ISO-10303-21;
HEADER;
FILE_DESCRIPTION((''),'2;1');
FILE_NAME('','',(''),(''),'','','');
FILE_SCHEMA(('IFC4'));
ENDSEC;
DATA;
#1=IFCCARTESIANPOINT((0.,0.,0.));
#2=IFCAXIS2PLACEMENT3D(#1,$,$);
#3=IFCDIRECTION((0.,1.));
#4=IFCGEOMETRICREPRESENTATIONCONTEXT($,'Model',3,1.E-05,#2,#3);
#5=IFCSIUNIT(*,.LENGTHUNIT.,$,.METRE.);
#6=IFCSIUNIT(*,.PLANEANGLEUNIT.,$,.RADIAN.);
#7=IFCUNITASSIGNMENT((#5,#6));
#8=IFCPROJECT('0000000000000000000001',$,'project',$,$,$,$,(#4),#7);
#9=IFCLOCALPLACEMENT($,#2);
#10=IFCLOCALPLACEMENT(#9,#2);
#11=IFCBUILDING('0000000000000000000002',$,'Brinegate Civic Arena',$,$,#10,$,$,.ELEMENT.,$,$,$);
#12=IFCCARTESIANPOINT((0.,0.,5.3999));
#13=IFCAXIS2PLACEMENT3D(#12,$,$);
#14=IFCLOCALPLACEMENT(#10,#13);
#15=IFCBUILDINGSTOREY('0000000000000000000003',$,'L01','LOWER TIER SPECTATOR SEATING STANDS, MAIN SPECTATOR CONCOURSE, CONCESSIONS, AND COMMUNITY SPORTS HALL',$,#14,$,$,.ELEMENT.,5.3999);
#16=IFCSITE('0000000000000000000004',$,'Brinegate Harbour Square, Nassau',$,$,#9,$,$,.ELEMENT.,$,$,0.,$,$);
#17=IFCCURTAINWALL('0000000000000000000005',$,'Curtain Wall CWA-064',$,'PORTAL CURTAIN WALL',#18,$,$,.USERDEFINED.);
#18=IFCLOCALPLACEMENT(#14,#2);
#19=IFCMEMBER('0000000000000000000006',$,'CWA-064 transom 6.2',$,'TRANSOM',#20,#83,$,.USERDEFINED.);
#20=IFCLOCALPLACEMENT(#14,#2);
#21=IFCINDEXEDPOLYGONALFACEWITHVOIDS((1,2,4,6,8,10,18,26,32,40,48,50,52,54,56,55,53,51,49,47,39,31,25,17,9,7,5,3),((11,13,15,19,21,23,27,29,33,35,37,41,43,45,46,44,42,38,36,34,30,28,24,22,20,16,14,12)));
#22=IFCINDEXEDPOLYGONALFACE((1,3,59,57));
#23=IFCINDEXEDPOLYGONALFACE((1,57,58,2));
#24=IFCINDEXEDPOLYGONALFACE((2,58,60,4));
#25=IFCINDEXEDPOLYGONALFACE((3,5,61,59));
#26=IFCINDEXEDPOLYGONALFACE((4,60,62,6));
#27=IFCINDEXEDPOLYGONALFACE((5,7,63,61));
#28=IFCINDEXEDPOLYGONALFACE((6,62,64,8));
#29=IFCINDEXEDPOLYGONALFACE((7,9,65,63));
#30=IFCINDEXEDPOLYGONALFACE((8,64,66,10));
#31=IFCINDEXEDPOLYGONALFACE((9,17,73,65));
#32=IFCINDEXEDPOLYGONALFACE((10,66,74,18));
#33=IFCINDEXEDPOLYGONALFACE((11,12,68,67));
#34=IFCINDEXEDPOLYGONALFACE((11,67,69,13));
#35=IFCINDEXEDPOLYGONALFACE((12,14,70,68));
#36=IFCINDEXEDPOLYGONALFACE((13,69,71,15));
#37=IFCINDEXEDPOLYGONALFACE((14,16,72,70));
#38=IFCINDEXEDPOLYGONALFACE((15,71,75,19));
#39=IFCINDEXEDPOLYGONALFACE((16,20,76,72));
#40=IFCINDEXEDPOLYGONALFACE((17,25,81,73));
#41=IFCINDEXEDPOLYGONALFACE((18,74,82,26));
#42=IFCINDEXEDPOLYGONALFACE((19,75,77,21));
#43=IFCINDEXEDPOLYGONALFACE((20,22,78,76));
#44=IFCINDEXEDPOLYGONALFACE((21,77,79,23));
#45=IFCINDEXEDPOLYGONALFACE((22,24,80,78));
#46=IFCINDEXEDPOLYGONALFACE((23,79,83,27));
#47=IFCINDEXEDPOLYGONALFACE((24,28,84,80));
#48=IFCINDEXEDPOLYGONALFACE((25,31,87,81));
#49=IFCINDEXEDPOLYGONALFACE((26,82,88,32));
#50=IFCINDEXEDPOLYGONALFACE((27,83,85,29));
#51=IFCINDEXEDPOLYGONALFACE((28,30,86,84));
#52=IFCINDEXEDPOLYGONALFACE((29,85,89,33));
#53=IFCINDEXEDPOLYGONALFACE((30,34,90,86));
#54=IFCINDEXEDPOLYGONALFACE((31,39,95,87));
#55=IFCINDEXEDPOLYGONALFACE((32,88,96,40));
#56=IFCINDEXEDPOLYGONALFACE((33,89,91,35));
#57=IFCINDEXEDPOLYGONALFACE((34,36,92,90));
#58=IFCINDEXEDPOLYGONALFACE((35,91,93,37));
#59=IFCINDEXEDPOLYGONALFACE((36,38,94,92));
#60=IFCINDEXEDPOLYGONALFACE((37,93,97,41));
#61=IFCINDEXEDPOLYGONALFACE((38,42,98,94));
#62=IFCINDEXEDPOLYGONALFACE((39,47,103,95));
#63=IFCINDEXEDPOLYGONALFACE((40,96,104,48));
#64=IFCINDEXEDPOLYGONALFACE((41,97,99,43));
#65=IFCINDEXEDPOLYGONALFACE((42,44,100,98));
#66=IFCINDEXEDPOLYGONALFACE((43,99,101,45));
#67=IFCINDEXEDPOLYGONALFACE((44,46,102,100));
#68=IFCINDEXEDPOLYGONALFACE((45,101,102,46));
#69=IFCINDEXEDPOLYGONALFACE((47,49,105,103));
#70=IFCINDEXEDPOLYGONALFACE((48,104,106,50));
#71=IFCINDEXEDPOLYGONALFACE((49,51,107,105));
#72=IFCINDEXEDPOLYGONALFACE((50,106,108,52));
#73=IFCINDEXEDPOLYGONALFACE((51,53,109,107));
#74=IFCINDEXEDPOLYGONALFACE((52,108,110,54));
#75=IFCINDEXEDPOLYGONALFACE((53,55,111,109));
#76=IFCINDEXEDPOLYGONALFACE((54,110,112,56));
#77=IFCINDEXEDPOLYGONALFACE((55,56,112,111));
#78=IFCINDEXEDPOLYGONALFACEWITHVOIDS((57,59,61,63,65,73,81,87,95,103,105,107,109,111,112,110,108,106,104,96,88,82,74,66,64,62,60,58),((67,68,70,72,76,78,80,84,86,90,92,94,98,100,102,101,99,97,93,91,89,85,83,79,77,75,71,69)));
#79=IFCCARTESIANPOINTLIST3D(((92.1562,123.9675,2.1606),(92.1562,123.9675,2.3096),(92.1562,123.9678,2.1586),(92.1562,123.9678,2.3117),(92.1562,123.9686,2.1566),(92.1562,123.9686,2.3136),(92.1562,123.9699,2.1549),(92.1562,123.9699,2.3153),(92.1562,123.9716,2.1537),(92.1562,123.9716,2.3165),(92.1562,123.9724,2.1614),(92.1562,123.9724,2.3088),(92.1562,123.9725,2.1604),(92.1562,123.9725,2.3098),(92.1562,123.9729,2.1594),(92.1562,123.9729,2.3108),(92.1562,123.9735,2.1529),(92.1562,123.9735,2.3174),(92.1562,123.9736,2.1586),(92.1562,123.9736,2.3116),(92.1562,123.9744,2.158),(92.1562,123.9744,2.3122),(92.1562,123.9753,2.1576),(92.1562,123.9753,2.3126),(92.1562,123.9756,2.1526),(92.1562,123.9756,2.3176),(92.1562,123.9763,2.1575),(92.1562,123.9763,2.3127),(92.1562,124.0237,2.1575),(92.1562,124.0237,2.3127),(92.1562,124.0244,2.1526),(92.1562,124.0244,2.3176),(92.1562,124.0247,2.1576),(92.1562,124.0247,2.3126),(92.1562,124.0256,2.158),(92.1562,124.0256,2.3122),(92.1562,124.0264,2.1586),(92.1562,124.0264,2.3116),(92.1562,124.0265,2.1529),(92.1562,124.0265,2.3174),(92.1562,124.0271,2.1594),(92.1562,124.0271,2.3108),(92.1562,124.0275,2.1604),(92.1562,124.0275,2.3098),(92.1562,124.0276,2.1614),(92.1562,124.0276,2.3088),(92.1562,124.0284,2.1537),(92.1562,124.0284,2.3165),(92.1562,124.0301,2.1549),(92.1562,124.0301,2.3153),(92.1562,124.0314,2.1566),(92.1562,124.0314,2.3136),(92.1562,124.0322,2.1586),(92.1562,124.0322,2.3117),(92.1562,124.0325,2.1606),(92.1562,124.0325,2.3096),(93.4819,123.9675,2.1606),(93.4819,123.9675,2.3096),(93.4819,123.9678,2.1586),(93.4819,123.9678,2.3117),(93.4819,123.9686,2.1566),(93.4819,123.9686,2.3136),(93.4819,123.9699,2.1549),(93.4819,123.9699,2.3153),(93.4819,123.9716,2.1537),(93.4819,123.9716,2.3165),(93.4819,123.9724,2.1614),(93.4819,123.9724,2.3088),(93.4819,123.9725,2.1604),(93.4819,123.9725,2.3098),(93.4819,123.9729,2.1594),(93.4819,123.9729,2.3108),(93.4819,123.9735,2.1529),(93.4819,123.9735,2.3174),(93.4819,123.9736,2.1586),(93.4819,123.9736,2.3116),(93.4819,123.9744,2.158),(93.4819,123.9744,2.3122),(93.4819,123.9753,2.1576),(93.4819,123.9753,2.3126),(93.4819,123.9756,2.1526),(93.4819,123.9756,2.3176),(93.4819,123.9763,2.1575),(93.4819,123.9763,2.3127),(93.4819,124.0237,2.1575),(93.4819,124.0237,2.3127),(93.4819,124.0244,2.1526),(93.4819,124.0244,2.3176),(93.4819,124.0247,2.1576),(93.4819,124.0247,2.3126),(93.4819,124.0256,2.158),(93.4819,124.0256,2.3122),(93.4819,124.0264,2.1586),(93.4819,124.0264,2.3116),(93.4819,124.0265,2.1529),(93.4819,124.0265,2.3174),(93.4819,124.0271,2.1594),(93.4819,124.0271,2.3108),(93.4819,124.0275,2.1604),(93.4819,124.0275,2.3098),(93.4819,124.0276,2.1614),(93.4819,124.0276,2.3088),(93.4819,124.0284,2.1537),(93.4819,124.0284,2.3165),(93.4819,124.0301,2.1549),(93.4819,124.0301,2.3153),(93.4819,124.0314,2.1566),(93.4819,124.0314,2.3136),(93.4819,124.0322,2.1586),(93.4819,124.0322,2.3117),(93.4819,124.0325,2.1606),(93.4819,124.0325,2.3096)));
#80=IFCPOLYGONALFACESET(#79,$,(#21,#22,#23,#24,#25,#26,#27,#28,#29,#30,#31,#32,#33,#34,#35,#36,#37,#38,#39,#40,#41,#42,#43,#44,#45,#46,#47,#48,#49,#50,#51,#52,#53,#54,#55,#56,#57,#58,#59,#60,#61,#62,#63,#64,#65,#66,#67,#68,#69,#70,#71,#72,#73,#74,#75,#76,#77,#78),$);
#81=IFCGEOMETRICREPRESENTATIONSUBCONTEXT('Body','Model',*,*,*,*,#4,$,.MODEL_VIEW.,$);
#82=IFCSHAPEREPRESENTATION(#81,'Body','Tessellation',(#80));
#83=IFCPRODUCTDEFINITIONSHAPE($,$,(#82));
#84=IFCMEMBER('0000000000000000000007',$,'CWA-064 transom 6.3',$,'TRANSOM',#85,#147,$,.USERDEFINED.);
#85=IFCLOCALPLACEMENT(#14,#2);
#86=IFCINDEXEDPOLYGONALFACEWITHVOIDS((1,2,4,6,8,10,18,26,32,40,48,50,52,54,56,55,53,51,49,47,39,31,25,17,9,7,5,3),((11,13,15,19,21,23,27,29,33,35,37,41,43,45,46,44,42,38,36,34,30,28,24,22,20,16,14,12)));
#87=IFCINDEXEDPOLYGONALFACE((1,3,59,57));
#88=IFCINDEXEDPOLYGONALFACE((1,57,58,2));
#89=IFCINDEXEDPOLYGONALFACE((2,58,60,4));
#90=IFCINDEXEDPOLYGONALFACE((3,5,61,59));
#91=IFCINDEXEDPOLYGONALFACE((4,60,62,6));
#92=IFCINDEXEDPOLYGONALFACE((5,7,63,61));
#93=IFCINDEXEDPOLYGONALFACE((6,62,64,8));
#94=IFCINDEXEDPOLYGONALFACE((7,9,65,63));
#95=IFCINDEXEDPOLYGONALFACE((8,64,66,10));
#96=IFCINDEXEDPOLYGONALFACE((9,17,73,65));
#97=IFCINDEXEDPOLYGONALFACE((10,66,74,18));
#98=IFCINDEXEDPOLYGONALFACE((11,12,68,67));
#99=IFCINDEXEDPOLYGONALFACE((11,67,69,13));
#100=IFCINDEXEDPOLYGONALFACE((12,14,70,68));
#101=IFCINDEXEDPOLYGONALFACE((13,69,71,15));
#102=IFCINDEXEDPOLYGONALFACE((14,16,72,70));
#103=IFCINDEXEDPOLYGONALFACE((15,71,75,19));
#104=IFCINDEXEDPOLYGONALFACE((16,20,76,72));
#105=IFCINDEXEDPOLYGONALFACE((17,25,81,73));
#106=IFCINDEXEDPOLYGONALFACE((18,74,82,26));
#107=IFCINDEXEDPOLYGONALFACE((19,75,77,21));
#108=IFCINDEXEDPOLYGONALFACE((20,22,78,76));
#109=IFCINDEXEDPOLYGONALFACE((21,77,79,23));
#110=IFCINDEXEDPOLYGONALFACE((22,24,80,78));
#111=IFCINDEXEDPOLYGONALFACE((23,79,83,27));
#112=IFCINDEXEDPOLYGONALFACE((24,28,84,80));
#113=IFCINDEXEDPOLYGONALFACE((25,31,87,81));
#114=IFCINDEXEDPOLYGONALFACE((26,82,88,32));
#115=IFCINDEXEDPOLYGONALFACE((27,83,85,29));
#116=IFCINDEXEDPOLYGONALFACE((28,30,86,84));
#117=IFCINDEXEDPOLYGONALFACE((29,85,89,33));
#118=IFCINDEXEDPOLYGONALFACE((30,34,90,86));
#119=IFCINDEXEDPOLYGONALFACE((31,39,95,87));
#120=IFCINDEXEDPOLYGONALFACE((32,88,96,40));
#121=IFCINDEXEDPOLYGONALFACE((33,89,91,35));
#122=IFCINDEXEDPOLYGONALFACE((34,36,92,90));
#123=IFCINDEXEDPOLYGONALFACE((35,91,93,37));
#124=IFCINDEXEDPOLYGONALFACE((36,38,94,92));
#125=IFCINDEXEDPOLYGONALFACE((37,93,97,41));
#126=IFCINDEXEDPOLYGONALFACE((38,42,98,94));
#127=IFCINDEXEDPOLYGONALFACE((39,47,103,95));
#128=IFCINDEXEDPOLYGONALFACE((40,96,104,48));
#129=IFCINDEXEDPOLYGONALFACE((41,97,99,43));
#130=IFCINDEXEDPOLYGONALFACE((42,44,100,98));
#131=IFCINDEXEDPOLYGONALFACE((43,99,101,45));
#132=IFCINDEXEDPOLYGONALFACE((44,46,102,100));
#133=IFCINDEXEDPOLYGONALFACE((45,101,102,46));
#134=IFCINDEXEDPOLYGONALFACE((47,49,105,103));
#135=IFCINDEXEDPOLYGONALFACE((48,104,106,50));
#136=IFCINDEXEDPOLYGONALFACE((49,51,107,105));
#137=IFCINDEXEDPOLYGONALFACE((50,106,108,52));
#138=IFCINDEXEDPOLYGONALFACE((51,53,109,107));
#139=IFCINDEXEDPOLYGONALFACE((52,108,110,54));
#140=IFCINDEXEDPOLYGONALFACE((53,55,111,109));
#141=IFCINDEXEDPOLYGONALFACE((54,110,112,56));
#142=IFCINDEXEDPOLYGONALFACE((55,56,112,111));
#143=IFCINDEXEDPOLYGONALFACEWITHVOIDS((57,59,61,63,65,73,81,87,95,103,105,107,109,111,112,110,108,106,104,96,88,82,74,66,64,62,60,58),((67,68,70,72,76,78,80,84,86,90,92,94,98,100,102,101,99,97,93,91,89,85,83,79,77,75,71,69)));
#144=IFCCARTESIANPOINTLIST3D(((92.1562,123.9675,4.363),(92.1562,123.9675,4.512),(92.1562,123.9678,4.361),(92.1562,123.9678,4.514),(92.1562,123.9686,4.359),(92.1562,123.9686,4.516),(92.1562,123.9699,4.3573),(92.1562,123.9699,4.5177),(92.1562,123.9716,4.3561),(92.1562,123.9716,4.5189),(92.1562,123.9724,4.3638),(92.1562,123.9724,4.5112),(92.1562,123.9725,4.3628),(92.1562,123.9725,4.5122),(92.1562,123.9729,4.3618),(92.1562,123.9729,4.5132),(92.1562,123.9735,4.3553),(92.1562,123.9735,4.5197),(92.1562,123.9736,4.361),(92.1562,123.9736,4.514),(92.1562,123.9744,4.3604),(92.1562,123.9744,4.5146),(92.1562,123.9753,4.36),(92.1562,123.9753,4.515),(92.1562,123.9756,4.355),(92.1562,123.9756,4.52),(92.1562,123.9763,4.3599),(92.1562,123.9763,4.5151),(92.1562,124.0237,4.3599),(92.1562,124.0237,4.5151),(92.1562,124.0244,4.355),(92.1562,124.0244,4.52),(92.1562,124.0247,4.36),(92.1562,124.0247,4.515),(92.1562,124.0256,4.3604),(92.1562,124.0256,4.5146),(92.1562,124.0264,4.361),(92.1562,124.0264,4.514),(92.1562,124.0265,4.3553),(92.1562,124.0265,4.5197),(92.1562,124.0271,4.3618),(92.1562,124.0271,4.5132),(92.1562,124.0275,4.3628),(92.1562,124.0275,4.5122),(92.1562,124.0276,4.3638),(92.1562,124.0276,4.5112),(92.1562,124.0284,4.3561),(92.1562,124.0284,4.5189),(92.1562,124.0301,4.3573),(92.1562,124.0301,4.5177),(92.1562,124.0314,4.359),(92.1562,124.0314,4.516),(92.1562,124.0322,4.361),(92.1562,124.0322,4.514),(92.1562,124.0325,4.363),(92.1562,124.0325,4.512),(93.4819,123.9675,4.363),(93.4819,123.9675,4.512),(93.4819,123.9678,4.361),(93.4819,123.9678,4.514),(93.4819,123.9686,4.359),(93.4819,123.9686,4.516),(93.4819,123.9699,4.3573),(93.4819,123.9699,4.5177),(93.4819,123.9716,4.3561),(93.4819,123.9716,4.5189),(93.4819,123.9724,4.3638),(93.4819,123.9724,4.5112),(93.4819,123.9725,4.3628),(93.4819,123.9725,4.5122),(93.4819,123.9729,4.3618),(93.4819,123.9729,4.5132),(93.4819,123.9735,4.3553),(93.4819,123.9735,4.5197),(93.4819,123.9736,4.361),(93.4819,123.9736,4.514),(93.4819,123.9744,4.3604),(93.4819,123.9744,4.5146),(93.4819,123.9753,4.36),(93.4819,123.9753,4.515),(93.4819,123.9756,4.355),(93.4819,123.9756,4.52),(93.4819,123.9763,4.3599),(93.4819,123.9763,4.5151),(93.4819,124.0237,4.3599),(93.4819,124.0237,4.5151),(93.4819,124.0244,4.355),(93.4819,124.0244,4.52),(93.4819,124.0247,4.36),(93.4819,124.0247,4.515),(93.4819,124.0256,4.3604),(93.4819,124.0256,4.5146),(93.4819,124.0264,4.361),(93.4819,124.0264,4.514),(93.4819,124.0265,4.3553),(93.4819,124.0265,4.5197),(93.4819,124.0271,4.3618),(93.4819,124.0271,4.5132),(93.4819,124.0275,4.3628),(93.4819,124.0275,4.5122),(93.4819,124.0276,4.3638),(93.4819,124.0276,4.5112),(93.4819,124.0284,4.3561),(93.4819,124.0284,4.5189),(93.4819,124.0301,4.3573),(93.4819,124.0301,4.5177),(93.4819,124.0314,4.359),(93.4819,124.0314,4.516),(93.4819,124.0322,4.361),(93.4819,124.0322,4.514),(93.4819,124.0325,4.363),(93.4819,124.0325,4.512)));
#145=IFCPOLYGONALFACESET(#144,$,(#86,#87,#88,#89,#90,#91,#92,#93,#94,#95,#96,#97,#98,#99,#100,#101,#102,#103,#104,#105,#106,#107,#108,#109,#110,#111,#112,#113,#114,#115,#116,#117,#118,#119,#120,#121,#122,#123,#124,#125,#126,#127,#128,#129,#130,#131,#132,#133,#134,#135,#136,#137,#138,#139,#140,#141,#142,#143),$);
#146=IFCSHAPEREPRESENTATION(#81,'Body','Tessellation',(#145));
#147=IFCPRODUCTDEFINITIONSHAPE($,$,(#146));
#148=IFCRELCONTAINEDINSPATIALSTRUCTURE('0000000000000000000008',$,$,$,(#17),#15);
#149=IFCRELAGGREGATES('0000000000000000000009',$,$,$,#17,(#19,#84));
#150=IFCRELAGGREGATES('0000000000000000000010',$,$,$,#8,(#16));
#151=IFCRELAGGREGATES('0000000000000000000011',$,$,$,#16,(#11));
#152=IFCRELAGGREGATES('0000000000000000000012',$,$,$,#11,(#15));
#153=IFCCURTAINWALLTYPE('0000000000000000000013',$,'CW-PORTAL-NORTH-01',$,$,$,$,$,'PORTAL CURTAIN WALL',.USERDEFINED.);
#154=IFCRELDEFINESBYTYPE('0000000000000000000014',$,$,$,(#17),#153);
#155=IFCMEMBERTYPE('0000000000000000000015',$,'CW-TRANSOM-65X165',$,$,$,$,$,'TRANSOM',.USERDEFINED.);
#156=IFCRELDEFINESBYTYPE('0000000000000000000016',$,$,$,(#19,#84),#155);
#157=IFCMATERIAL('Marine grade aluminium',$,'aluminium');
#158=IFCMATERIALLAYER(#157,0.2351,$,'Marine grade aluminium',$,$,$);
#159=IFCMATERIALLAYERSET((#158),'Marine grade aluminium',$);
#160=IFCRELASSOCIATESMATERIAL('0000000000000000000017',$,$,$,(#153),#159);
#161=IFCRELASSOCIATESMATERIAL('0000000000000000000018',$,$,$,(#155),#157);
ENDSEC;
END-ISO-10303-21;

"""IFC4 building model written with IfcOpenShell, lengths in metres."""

from ifc_helpers import new_model, si_unit, direction, frame, origin, origin_2d, place, context, subcontext, project, spatial, hollow_rectangle, extrude, material, layer, layer_set, material_profile, profile_set, type_object, element, aggregate, save


model = new_model("IFC4")

# Units and contexts
model_context = context("Model", 3, precision=1e-05, world=origin(), true_north=direction((0.0, 1.0)))
body_context = subcontext(model_context, "Body", "Model", "MODEL_VIEW")
ifc_project = project(units=[si_unit("LENGTHUNIT", "METRE"), si_unit("PLANEANGLEUNIT", "RADIAN")], contexts=[model_context])

# Site, building, storey
site_placement = place(None, origin())
site = spatial("IfcSite", under=ifc_project, at=site_placement, Name="Brinegate Harbour Square, Nassau", CompositionType="ELEMENT", RefElevation=0.0)
building_placement = place(site_placement, origin())
building = spatial("IfcBuilding", under=site, at=building_placement, Name="Brinegate Civic Arena", CompositionType="ELEMENT")
storey_placement = place(building_placement, frame((0.0, 0.0, 5.3999)))
storey = spatial("IfcBuildingStorey", under=building, at=storey_placement, Name="L01", Description="LOWER TIER SPECTATOR SEATING STANDS, MAIN SPECTATOR CONCOURSE, CONCESSIONS, AND COMMUNITY SPORTS HALL", CompositionType="ELEMENT", Elevation=5.3999)

# Curtain wall, members
ifc_material_1 = material(Name="Marine grade aluminium", Category="aluminium")
ifc_layer_1 = layer(ifc_material_1, 0.2351, Name="Marine grade aluminium")
ifc_layer_set_1 = layer_set([ifc_layer_1], Name="Marine grade aluminium")
curtain_wall_type = type_object("IfcCurtainWallType", Name="CW-PORTAL-NORTH-01", ElementType="PORTAL CURTAIN WALL", PredefinedType="USERDEFINED", material=ifc_layer_set_1)
curtain_wall_placement = place(storey_placement, origin())
curtain_wall = element("IfcCurtainWall", 1, at=curtain_wall_placement, inside=storey, type_object=curtain_wall_type, Name="Curtain Wall CWA-064", ObjectType="PORTAL CURTAIN WALL", PredefinedType="USERDEFINED")
ifc_material_profile_1 = material_profile(ifc_material_1, hollow_rectangle(XDim=0.0649, YDim=0.165, WallThickness=0.0049, InnerFilletRadius=0.0039, OuterFilletRadius=0.0081, at=origin_2d()), Name="TRN65X165")
ifc_profile_set_1 = profile_set([ifc_material_profile_1], Name="Marine grade aluminium")
member_type_1 = type_object("IfcMemberType", Name="CW-TRANSOM-65X165", ElementType="TRANSOM", PredefinedType="USERDEFINED", material=ifc_profile_set_1)
member_1_placement = place(storey_placement, frame((92.1562, 124.0, 2.2351), z_axis=(1.0, 0.0, 0.0), x_axis=(0.0, 1.0, 0.0)))
member_1 = element("IfcMember", 2, at=member_1_placement, type_object=member_type_1, Name="CWA-064 transom 6.2", ObjectType="TRANSOM", PredefinedType="USERDEFINED", context=body_context, shape_type="SweptSolid", body=[
    extrude(hollow_rectangle(XDim=0.0649, YDim=0.165, WallThickness=0.0049, InnerFilletRadius=0.0039, OuterFilletRadius=0.0081, at=origin_2d()), origin(), (0.0, 0.0, 1.0), 1.3257),
])
member_2_placement = place(storey_placement, frame((92.1562, 124.0, 4.4375), z_axis=(1.0, 0.0, 0.0), x_axis=(0.0, 1.0, 0.0)))
member_2 = element("IfcMember", 3, at=member_2_placement, type_object=member_type_1, Name="CWA-064 transom 6.3", ObjectType="TRANSOM", PredefinedType="USERDEFINED", context=body_context, shape_type="SweptSolid", body=[
    extrude(hollow_rectangle(XDim=0.0649, YDim=0.165, WallThickness=0.0049, InnerFilletRadius=0.0039, OuterFilletRadius=0.0081, at=origin_2d()), origin(), (0.0, 0.0, 1.0), 1.3257),
])

aggregate(curtain_wall, [member_1, member_2])

save(model, "model.ifc")
